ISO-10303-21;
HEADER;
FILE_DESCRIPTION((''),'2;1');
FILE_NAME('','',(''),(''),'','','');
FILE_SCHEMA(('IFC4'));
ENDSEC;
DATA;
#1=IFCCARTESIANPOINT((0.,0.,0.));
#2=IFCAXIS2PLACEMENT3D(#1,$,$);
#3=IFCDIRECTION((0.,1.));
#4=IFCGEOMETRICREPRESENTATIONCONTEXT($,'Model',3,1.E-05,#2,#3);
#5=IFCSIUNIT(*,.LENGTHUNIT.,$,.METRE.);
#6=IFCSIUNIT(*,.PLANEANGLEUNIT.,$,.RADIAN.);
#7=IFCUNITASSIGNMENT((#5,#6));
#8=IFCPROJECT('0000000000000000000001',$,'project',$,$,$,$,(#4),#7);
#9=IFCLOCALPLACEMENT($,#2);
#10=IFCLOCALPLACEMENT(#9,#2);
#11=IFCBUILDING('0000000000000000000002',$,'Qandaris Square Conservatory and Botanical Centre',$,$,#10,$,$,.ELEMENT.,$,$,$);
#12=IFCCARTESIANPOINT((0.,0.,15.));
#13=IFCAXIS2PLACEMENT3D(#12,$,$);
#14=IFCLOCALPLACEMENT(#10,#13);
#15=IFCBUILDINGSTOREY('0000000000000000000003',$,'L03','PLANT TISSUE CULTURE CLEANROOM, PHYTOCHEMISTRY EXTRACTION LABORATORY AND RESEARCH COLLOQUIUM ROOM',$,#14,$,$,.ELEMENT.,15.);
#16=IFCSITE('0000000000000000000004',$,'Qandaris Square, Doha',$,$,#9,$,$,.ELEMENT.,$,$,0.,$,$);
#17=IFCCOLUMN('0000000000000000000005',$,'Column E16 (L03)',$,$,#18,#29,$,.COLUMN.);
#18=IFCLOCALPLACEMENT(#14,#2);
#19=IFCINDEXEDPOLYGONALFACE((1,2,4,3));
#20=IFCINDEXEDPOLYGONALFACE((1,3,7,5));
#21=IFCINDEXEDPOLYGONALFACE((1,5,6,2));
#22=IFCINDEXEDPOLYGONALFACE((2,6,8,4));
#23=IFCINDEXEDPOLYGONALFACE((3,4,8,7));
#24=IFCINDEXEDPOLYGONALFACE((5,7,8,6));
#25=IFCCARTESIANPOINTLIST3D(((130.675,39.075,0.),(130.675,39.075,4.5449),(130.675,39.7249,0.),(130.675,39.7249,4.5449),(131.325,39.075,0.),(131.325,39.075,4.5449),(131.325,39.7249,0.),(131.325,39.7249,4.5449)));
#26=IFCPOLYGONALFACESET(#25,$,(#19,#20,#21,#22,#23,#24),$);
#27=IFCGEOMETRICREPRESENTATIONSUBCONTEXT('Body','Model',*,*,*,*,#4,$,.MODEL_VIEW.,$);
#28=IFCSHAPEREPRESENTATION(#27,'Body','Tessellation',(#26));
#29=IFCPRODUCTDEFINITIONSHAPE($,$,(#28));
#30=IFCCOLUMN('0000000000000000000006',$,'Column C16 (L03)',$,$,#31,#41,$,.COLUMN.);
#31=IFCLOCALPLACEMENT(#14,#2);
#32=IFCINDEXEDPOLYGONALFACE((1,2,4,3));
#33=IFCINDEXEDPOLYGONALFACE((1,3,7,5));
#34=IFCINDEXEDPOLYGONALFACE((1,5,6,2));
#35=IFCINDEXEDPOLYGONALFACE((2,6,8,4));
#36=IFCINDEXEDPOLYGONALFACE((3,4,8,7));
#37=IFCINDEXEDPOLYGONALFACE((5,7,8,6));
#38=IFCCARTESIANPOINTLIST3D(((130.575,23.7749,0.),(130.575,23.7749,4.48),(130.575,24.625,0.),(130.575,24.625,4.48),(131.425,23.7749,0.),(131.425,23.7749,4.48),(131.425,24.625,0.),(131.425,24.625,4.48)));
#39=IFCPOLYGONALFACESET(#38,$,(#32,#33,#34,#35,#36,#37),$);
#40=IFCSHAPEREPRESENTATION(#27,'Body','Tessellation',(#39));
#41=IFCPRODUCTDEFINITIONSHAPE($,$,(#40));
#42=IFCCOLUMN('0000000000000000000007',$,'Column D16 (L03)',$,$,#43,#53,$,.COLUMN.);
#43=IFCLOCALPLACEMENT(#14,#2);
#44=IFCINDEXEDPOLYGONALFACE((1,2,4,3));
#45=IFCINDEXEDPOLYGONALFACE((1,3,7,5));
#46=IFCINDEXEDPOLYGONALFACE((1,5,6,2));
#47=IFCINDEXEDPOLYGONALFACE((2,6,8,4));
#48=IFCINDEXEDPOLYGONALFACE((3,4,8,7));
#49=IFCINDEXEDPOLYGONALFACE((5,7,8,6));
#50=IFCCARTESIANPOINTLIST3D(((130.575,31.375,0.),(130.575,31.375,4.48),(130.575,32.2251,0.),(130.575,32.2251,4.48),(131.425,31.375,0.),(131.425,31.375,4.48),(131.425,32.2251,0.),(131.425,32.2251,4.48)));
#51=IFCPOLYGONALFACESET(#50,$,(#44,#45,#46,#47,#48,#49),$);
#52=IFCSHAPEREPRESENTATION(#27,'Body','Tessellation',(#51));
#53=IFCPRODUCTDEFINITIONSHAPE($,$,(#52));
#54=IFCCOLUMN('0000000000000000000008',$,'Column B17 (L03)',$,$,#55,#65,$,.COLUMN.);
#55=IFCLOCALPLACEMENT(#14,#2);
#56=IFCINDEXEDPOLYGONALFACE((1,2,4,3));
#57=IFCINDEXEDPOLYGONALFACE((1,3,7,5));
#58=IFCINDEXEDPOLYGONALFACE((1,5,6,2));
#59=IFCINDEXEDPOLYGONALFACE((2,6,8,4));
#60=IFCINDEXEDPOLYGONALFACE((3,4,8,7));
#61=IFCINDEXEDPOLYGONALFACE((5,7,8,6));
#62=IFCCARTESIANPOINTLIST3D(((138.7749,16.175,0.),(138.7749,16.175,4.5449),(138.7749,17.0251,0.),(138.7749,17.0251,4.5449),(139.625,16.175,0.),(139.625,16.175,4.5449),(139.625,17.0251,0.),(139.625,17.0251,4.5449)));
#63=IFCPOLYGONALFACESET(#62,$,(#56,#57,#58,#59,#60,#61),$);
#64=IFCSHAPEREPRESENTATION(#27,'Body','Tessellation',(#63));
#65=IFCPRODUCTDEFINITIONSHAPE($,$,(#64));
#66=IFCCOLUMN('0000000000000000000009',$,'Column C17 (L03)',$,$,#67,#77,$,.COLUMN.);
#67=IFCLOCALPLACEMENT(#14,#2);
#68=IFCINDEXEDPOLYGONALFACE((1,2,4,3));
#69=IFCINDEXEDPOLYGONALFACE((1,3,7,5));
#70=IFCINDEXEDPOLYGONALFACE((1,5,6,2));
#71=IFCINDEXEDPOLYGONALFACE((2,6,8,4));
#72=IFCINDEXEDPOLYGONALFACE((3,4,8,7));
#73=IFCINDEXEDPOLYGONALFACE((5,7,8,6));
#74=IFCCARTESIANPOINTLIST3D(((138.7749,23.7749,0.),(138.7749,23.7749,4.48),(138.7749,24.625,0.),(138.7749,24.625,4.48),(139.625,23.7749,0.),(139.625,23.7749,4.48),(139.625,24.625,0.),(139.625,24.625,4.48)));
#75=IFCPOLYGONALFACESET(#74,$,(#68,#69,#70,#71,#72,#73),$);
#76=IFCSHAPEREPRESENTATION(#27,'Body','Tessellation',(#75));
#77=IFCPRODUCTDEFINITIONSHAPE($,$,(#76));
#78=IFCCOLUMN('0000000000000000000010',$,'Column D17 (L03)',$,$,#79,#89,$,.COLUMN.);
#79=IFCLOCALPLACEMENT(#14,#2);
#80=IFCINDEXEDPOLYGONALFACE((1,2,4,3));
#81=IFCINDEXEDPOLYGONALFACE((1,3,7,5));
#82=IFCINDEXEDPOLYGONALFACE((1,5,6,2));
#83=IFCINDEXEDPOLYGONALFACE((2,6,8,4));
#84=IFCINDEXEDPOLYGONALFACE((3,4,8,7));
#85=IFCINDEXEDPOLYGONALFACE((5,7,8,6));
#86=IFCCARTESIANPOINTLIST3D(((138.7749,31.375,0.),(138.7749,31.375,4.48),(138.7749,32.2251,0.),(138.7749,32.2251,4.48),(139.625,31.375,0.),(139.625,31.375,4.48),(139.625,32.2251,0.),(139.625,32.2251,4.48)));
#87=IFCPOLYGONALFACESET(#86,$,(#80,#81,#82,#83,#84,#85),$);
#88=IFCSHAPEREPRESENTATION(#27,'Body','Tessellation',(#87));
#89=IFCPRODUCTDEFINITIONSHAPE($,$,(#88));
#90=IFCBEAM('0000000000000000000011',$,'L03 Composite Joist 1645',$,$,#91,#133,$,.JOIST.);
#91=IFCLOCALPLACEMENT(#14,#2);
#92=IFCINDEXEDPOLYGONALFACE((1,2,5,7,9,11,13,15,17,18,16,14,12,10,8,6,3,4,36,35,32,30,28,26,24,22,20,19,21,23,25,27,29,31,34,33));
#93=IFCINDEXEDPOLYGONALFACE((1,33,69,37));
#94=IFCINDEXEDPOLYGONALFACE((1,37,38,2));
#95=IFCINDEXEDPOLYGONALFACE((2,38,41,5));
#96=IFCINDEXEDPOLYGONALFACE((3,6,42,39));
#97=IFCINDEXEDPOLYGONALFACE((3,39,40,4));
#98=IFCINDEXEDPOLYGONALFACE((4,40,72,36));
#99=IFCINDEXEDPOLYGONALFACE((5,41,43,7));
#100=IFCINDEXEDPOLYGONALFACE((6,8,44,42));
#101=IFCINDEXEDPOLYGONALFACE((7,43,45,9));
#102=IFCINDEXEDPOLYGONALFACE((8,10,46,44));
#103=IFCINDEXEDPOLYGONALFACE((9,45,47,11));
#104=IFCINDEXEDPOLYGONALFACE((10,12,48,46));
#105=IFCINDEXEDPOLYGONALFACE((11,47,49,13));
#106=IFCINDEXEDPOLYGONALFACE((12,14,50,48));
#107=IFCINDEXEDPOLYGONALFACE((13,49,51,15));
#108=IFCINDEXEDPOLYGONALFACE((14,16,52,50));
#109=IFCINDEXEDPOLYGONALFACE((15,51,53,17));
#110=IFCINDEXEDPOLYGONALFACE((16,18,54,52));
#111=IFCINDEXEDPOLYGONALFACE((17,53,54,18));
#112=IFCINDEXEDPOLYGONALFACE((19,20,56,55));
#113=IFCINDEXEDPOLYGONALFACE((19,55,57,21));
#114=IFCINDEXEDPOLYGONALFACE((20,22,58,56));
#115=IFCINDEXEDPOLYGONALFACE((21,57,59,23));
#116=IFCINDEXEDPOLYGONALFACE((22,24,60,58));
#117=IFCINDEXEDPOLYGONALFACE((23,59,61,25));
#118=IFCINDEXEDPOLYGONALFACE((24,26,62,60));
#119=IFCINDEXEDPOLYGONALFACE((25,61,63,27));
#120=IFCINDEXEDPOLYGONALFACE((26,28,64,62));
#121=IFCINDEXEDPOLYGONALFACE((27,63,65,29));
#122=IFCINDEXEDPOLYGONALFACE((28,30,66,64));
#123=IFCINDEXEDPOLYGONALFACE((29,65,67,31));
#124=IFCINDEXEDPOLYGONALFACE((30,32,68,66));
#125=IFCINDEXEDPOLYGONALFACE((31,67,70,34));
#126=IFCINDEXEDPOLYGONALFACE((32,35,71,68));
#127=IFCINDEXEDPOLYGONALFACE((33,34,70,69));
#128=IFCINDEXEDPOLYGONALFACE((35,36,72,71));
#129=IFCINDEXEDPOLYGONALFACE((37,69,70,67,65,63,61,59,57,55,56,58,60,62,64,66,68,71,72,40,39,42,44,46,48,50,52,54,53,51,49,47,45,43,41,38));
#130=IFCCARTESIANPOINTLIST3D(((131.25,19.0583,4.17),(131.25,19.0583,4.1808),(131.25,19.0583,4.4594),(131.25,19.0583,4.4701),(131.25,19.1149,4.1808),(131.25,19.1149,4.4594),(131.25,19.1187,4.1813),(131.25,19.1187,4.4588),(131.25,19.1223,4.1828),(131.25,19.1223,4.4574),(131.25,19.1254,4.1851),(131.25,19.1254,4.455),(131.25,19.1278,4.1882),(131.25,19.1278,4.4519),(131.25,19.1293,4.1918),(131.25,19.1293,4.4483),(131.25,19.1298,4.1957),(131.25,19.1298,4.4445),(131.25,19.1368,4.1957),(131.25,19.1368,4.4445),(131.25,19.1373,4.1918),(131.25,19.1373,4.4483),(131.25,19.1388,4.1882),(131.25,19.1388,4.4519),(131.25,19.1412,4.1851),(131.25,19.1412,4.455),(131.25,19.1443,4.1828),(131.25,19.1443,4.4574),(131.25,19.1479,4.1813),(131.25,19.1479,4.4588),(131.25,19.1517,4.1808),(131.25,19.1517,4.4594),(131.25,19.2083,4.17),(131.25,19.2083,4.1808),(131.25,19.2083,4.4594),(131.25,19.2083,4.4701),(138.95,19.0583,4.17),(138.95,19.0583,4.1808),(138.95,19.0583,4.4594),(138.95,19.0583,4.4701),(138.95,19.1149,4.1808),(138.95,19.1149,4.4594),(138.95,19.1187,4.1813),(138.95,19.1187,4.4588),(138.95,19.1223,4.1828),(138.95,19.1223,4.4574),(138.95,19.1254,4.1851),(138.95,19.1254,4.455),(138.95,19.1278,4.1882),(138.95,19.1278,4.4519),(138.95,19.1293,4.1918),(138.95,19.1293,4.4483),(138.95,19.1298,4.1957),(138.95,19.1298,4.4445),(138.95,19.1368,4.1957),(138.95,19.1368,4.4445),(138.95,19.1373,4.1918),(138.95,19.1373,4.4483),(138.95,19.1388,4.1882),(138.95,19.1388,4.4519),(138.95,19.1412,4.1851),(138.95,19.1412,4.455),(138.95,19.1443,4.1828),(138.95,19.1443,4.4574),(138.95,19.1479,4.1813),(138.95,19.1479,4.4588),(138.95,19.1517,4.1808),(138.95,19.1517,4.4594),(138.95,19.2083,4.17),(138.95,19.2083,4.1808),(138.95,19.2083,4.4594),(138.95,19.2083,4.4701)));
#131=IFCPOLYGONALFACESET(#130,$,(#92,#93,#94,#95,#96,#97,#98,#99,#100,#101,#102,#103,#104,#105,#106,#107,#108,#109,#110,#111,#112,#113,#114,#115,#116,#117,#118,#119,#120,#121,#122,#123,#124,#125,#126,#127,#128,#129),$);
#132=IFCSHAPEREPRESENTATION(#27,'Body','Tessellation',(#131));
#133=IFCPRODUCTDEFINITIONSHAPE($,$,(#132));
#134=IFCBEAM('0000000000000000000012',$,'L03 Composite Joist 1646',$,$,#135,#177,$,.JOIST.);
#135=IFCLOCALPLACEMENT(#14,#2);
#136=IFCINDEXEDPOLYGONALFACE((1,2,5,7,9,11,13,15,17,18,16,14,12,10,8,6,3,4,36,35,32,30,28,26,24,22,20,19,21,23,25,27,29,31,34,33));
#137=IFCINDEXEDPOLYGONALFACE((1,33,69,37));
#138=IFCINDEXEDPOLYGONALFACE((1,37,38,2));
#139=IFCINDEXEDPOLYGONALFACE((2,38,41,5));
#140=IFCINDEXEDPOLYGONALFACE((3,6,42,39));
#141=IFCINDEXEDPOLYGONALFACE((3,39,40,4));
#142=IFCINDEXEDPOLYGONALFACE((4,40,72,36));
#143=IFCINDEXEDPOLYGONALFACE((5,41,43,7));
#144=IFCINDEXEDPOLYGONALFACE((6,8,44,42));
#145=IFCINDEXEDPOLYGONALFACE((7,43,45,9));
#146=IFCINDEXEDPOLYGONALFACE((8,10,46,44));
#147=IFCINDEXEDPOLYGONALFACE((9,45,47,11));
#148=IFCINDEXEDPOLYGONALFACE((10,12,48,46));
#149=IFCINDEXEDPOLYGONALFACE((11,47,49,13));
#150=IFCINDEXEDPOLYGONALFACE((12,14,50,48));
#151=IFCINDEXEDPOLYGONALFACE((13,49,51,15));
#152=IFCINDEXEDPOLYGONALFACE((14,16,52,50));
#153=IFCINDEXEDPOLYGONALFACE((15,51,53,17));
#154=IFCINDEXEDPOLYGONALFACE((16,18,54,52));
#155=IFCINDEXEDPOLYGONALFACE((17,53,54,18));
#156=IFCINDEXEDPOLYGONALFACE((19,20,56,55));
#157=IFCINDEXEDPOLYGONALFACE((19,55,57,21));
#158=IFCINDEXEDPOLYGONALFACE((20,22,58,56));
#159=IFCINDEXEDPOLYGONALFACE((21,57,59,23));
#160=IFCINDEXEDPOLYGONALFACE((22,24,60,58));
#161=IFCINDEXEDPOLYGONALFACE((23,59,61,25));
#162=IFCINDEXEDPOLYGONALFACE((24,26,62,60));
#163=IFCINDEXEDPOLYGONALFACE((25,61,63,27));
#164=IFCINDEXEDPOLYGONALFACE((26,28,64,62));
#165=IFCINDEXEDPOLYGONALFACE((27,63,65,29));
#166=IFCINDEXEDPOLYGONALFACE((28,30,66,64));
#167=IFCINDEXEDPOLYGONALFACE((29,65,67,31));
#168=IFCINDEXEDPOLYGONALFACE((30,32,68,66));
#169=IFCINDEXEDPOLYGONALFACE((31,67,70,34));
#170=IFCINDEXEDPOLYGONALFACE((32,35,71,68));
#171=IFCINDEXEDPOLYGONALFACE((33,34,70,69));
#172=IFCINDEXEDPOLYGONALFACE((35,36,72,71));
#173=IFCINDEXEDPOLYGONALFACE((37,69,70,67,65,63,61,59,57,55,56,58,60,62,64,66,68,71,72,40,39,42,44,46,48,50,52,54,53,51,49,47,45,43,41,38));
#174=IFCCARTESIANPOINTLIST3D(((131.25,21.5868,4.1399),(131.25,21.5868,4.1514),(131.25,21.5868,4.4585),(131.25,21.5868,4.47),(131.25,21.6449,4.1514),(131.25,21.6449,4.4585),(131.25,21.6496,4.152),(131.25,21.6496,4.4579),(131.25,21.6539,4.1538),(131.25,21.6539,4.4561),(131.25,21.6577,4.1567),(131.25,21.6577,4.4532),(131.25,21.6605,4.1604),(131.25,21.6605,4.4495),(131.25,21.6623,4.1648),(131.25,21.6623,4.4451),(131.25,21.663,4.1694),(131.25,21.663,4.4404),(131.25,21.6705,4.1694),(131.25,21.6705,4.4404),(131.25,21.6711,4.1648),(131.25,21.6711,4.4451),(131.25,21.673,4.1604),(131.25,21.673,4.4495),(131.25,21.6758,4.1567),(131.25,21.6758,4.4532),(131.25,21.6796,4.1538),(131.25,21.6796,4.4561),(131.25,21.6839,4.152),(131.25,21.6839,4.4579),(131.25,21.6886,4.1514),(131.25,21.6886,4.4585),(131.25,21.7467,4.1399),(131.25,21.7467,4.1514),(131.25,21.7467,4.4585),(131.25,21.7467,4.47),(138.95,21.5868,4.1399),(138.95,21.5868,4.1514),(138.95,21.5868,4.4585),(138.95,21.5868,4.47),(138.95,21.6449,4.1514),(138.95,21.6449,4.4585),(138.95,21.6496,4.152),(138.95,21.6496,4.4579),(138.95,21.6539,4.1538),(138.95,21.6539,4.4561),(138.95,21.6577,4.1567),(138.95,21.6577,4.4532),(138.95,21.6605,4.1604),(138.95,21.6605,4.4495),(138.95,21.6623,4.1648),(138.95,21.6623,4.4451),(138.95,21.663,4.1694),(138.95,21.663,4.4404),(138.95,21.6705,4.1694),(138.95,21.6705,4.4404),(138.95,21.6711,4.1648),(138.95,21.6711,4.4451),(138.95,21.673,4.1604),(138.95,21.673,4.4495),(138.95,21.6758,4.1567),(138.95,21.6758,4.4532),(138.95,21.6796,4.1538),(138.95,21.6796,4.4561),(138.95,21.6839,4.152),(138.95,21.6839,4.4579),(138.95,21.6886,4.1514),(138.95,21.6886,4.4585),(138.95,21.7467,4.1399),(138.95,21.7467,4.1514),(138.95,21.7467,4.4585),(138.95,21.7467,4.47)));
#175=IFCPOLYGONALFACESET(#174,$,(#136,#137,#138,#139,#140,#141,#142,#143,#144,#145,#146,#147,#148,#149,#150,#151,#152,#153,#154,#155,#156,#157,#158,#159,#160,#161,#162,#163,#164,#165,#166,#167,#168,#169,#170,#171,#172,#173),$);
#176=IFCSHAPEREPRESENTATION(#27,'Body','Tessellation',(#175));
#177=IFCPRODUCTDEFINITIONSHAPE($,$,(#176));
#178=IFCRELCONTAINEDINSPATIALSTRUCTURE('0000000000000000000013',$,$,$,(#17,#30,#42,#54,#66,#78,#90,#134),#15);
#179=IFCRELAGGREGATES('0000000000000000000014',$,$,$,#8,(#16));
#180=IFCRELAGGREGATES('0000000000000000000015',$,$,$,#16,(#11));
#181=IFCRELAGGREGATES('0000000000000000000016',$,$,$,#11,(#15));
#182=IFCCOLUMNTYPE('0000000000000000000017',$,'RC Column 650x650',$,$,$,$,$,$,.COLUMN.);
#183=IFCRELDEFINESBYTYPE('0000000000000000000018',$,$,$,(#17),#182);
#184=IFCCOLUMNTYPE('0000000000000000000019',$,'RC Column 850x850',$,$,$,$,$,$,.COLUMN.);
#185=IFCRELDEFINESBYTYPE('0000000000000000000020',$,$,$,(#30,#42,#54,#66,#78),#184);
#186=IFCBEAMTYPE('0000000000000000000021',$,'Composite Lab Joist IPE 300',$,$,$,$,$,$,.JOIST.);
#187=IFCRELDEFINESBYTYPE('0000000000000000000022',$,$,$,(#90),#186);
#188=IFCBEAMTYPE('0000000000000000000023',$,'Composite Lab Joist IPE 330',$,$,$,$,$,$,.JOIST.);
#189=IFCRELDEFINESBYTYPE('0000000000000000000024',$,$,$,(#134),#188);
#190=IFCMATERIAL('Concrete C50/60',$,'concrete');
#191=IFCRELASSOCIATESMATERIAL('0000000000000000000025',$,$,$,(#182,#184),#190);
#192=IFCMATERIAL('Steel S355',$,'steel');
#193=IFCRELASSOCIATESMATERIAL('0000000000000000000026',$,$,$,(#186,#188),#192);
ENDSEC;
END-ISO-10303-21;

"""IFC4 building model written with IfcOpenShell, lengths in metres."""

from ifc_helpers import new_model, si_unit, direction, frame, origin, origin_2d, place, context, subcontext, project, spatial, rectangle, i_section, extrude, material, material_profile, profile_set, type_object, element, save


model = new_model("IFC4")

# Units and contexts
model_context = context("Model", 3, precision=1e-05, world=origin(), true_north=direction((0.0, 1.0)))
body_context = subcontext(model_context, "Body", "Model", "MODEL_VIEW")
ifc_project = project(units=[si_unit("LENGTHUNIT", "METRE"), si_unit("PLANEANGLEUNIT", "RADIAN")], contexts=[model_context])

# Site, building, storey
site_placement = place(None, origin())
site = spatial("IfcSite", under=ifc_project, at=site_placement, Name="Qandaris Square, Doha", CompositionType="ELEMENT", RefElevation=0.0)
building_placement = place(site_placement, origin())
building = spatial("IfcBuilding", under=site, at=building_placement, Name="Qandaris Square Conservatory and Botanical Centre", CompositionType="ELEMENT")
storey_placement = place(building_placement, frame((0.0, 0.0, 15.0)))
storey = spatial("IfcBuildingStorey", under=building, at=storey_placement, Name="L03", Description="PLANT TISSUE CULTURE CLEANROOM, PHYTOCHEMISTRY EXTRACTION LABORATORY AND RESEARCH COLLOQUIUM ROOM", CompositionType="ELEMENT", Elevation=15.0)

# Columns
ifc_material_1 = material(Name="Concrete C50/60", Category="concrete")
ifc_material_profile_1 = material_profile(ifc_material_1, rectangle(XDim=0.6499, YDim=0.6499, at=origin_2d()), Name="RC-COL 650x650")
ifc_profile_set_1 = profile_set([ifc_material_profile_1], Name="Concrete C50/60")
column_type_1 = type_object("IfcColumnType", Name="RC Column 650x650", PredefinedType="COLUMN", material=ifc_profile_set_1)
column_1_placement = place(storey_placement, frame((131.0, 39.3999, 0.0), z_axis=(0.0, 0.0, 1.0), x_axis=(1.0, 0.0, 0.0)))
element("IfcColumn", 1, at=column_1_placement, inside=storey, type_object=column_type_1, Name="Column E16 (L03)", PredefinedType="COLUMN", context=body_context, shape_type="SweptSolid", body=[
    extrude(rectangle(XDim=0.6499, YDim=0.6499, at=origin_2d()), origin(), (0.0, 0.0, 1.0), 4.5449),
])
ifc_material_profile_2 = material_profile(ifc_material_1, rectangle(XDim=0.8501, YDim=0.8501, at=origin_2d()), Name="RC-COL 850x850")
ifc_profile_set_2 = profile_set([ifc_material_profile_2], Name="Concrete C50/60")
column_type_2 = type_object("IfcColumnType", Name="RC Column 850x850", PredefinedType="COLUMN", material=ifc_profile_set_2)
for number, where, z_axis, x_axis, name in (
    (2, (131.0, 24.2, 0.0), (0.0, 0.0, 1.0), (1.0, 0.0, 0.0), "Column C16 (L03)"),
    (3, (131.0, 31.8, 0.0), (0.0, 0.0, 1.0), (1.0, 0.0, 0.0), "Column D16 (L03)"),
):
    element("IfcColumn", number, at=place(storey_placement, frame(where, z_axis=z_axis, x_axis=x_axis)), inside=storey, type_object=column_type_2, Name=name, PredefinedType="COLUMN", context=body_context, shape_type="SweptSolid", body=[
        extrude(rectangle(XDim=0.8501, YDim=0.8501, at=origin_2d()), origin(), (0.0, 0.0, 1.0), 4.48),
    ])
column_2_placement = place(storey_placement, frame((139.2, 16.6001, 0.0), z_axis=(0.0, 0.0, 1.0), x_axis=(1.0, 0.0, 0.0)))
element("IfcColumn", 4, at=column_2_placement, inside=storey, type_object=column_type_2, Name="Column B17 (L03)", PredefinedType="COLUMN", context=body_context, shape_type="SweptSolid", body=[
    extrude(rectangle(XDim=0.8501, YDim=0.8501, at=origin_2d()), origin(), (0.0, 0.0, 1.0), 4.5449),
])
for number, where, z_axis, x_axis, name in (
    (5, (139.2, 24.2, 0.0), (0.0, 0.0, 1.0), (1.0, 0.0, 0.0), "Column C17 (L03)"),
    (6, (139.2, 31.8, 0.0), (0.0, 0.0, 1.0), (1.0, 0.0, 0.0), "Column D17 (L03)"),
):
    element("IfcColumn", number, at=place(storey_placement, frame(where, z_axis=z_axis, x_axis=x_axis)), inside=storey, type_object=column_type_2, Name=name, PredefinedType="COLUMN", context=body_context, shape_type="SweptSolid", body=[
        extrude(rectangle(XDim=0.8501, YDim=0.8501, at=origin_2d()), origin(), (0.0, 0.0, 1.0), 4.48),
    ])

# Beams
ifc_material_2 = material(Name="Steel S355", Category="steel")
ifc_material_profile_3 = material_profile(ifc_material_2, i_section(OverallWidth=0.1499, OverallDepth=0.3, WebThickness=0.0071, FlangeThickness=0.0107, FilletRadius=0.0149, at=origin_2d()), Name="IPE 300")
ifc_profile_set_3 = profile_set([ifc_material_profile_3], Name="Steel S355")
beam_type_1 = type_object("IfcBeamType", Name="Composite Lab Joist IPE 300", PredefinedType="JOIST", material=ifc_profile_set_3)
beam_1_placement = place(storey_placement, frame((131.25, 19.1333, 4.3201), z_axis=(1.0, 0.0, 0.0), x_axis=(0.0, 1.0, 0.0)))
element("IfcBeam", 7, at=beam_1_placement, inside=storey, type_object=beam_type_1, Name="L03 Composite Joist 1645", PredefinedType="JOIST", context=body_context, shape_type="SweptSolid", body=[
    extrude(i_section(OverallWidth=0.1499, OverallDepth=0.3, WebThickness=0.0071, FlangeThickness=0.0107, FilletRadius=0.0149, at=origin_2d()), origin(), (0.0, 0.0, 1.0), 7.7),
])
ifc_material_profile_4 = material_profile(ifc_material_2, i_section(OverallWidth=0.1599, OverallDepth=0.3301, WebThickness=0.0076, FlangeThickness=0.0115, FilletRadius=0.0181, at=origin_2d()), Name="IPE 330")
ifc_profile_set_4 = profile_set([ifc_material_profile_4], Name="Steel S355")
beam_type_2 = type_object("IfcBeamType", Name="Composite Lab Joist IPE 330", PredefinedType="JOIST", material=ifc_profile_set_4)
for number, where, z_axis, x_axis, name in (
    (8, (131.25, 21.6667, 4.3049), (1.0, 0.0, 0.0), (0.0, 1.0, 0.0), "L03 Composite Joist 1646"),
):
    element("IfcBeam", number, at=place(storey_placement, frame(where, z_axis=z_axis, x_axis=x_axis)), inside=storey, type_object=beam_type_2, Name=name, PredefinedType="JOIST", context=body_context, shape_type="SweptSolid", body=[
        extrude(i_section(OverallWidth=0.1599, OverallDepth=0.3301, WebThickness=0.0076, FlangeThickness=0.0115, FilletRadius=0.0181, at=origin_2d()), origin(), (0.0, 0.0, 1.0), 7.7),
    ])

save(model, "model.ifc")
